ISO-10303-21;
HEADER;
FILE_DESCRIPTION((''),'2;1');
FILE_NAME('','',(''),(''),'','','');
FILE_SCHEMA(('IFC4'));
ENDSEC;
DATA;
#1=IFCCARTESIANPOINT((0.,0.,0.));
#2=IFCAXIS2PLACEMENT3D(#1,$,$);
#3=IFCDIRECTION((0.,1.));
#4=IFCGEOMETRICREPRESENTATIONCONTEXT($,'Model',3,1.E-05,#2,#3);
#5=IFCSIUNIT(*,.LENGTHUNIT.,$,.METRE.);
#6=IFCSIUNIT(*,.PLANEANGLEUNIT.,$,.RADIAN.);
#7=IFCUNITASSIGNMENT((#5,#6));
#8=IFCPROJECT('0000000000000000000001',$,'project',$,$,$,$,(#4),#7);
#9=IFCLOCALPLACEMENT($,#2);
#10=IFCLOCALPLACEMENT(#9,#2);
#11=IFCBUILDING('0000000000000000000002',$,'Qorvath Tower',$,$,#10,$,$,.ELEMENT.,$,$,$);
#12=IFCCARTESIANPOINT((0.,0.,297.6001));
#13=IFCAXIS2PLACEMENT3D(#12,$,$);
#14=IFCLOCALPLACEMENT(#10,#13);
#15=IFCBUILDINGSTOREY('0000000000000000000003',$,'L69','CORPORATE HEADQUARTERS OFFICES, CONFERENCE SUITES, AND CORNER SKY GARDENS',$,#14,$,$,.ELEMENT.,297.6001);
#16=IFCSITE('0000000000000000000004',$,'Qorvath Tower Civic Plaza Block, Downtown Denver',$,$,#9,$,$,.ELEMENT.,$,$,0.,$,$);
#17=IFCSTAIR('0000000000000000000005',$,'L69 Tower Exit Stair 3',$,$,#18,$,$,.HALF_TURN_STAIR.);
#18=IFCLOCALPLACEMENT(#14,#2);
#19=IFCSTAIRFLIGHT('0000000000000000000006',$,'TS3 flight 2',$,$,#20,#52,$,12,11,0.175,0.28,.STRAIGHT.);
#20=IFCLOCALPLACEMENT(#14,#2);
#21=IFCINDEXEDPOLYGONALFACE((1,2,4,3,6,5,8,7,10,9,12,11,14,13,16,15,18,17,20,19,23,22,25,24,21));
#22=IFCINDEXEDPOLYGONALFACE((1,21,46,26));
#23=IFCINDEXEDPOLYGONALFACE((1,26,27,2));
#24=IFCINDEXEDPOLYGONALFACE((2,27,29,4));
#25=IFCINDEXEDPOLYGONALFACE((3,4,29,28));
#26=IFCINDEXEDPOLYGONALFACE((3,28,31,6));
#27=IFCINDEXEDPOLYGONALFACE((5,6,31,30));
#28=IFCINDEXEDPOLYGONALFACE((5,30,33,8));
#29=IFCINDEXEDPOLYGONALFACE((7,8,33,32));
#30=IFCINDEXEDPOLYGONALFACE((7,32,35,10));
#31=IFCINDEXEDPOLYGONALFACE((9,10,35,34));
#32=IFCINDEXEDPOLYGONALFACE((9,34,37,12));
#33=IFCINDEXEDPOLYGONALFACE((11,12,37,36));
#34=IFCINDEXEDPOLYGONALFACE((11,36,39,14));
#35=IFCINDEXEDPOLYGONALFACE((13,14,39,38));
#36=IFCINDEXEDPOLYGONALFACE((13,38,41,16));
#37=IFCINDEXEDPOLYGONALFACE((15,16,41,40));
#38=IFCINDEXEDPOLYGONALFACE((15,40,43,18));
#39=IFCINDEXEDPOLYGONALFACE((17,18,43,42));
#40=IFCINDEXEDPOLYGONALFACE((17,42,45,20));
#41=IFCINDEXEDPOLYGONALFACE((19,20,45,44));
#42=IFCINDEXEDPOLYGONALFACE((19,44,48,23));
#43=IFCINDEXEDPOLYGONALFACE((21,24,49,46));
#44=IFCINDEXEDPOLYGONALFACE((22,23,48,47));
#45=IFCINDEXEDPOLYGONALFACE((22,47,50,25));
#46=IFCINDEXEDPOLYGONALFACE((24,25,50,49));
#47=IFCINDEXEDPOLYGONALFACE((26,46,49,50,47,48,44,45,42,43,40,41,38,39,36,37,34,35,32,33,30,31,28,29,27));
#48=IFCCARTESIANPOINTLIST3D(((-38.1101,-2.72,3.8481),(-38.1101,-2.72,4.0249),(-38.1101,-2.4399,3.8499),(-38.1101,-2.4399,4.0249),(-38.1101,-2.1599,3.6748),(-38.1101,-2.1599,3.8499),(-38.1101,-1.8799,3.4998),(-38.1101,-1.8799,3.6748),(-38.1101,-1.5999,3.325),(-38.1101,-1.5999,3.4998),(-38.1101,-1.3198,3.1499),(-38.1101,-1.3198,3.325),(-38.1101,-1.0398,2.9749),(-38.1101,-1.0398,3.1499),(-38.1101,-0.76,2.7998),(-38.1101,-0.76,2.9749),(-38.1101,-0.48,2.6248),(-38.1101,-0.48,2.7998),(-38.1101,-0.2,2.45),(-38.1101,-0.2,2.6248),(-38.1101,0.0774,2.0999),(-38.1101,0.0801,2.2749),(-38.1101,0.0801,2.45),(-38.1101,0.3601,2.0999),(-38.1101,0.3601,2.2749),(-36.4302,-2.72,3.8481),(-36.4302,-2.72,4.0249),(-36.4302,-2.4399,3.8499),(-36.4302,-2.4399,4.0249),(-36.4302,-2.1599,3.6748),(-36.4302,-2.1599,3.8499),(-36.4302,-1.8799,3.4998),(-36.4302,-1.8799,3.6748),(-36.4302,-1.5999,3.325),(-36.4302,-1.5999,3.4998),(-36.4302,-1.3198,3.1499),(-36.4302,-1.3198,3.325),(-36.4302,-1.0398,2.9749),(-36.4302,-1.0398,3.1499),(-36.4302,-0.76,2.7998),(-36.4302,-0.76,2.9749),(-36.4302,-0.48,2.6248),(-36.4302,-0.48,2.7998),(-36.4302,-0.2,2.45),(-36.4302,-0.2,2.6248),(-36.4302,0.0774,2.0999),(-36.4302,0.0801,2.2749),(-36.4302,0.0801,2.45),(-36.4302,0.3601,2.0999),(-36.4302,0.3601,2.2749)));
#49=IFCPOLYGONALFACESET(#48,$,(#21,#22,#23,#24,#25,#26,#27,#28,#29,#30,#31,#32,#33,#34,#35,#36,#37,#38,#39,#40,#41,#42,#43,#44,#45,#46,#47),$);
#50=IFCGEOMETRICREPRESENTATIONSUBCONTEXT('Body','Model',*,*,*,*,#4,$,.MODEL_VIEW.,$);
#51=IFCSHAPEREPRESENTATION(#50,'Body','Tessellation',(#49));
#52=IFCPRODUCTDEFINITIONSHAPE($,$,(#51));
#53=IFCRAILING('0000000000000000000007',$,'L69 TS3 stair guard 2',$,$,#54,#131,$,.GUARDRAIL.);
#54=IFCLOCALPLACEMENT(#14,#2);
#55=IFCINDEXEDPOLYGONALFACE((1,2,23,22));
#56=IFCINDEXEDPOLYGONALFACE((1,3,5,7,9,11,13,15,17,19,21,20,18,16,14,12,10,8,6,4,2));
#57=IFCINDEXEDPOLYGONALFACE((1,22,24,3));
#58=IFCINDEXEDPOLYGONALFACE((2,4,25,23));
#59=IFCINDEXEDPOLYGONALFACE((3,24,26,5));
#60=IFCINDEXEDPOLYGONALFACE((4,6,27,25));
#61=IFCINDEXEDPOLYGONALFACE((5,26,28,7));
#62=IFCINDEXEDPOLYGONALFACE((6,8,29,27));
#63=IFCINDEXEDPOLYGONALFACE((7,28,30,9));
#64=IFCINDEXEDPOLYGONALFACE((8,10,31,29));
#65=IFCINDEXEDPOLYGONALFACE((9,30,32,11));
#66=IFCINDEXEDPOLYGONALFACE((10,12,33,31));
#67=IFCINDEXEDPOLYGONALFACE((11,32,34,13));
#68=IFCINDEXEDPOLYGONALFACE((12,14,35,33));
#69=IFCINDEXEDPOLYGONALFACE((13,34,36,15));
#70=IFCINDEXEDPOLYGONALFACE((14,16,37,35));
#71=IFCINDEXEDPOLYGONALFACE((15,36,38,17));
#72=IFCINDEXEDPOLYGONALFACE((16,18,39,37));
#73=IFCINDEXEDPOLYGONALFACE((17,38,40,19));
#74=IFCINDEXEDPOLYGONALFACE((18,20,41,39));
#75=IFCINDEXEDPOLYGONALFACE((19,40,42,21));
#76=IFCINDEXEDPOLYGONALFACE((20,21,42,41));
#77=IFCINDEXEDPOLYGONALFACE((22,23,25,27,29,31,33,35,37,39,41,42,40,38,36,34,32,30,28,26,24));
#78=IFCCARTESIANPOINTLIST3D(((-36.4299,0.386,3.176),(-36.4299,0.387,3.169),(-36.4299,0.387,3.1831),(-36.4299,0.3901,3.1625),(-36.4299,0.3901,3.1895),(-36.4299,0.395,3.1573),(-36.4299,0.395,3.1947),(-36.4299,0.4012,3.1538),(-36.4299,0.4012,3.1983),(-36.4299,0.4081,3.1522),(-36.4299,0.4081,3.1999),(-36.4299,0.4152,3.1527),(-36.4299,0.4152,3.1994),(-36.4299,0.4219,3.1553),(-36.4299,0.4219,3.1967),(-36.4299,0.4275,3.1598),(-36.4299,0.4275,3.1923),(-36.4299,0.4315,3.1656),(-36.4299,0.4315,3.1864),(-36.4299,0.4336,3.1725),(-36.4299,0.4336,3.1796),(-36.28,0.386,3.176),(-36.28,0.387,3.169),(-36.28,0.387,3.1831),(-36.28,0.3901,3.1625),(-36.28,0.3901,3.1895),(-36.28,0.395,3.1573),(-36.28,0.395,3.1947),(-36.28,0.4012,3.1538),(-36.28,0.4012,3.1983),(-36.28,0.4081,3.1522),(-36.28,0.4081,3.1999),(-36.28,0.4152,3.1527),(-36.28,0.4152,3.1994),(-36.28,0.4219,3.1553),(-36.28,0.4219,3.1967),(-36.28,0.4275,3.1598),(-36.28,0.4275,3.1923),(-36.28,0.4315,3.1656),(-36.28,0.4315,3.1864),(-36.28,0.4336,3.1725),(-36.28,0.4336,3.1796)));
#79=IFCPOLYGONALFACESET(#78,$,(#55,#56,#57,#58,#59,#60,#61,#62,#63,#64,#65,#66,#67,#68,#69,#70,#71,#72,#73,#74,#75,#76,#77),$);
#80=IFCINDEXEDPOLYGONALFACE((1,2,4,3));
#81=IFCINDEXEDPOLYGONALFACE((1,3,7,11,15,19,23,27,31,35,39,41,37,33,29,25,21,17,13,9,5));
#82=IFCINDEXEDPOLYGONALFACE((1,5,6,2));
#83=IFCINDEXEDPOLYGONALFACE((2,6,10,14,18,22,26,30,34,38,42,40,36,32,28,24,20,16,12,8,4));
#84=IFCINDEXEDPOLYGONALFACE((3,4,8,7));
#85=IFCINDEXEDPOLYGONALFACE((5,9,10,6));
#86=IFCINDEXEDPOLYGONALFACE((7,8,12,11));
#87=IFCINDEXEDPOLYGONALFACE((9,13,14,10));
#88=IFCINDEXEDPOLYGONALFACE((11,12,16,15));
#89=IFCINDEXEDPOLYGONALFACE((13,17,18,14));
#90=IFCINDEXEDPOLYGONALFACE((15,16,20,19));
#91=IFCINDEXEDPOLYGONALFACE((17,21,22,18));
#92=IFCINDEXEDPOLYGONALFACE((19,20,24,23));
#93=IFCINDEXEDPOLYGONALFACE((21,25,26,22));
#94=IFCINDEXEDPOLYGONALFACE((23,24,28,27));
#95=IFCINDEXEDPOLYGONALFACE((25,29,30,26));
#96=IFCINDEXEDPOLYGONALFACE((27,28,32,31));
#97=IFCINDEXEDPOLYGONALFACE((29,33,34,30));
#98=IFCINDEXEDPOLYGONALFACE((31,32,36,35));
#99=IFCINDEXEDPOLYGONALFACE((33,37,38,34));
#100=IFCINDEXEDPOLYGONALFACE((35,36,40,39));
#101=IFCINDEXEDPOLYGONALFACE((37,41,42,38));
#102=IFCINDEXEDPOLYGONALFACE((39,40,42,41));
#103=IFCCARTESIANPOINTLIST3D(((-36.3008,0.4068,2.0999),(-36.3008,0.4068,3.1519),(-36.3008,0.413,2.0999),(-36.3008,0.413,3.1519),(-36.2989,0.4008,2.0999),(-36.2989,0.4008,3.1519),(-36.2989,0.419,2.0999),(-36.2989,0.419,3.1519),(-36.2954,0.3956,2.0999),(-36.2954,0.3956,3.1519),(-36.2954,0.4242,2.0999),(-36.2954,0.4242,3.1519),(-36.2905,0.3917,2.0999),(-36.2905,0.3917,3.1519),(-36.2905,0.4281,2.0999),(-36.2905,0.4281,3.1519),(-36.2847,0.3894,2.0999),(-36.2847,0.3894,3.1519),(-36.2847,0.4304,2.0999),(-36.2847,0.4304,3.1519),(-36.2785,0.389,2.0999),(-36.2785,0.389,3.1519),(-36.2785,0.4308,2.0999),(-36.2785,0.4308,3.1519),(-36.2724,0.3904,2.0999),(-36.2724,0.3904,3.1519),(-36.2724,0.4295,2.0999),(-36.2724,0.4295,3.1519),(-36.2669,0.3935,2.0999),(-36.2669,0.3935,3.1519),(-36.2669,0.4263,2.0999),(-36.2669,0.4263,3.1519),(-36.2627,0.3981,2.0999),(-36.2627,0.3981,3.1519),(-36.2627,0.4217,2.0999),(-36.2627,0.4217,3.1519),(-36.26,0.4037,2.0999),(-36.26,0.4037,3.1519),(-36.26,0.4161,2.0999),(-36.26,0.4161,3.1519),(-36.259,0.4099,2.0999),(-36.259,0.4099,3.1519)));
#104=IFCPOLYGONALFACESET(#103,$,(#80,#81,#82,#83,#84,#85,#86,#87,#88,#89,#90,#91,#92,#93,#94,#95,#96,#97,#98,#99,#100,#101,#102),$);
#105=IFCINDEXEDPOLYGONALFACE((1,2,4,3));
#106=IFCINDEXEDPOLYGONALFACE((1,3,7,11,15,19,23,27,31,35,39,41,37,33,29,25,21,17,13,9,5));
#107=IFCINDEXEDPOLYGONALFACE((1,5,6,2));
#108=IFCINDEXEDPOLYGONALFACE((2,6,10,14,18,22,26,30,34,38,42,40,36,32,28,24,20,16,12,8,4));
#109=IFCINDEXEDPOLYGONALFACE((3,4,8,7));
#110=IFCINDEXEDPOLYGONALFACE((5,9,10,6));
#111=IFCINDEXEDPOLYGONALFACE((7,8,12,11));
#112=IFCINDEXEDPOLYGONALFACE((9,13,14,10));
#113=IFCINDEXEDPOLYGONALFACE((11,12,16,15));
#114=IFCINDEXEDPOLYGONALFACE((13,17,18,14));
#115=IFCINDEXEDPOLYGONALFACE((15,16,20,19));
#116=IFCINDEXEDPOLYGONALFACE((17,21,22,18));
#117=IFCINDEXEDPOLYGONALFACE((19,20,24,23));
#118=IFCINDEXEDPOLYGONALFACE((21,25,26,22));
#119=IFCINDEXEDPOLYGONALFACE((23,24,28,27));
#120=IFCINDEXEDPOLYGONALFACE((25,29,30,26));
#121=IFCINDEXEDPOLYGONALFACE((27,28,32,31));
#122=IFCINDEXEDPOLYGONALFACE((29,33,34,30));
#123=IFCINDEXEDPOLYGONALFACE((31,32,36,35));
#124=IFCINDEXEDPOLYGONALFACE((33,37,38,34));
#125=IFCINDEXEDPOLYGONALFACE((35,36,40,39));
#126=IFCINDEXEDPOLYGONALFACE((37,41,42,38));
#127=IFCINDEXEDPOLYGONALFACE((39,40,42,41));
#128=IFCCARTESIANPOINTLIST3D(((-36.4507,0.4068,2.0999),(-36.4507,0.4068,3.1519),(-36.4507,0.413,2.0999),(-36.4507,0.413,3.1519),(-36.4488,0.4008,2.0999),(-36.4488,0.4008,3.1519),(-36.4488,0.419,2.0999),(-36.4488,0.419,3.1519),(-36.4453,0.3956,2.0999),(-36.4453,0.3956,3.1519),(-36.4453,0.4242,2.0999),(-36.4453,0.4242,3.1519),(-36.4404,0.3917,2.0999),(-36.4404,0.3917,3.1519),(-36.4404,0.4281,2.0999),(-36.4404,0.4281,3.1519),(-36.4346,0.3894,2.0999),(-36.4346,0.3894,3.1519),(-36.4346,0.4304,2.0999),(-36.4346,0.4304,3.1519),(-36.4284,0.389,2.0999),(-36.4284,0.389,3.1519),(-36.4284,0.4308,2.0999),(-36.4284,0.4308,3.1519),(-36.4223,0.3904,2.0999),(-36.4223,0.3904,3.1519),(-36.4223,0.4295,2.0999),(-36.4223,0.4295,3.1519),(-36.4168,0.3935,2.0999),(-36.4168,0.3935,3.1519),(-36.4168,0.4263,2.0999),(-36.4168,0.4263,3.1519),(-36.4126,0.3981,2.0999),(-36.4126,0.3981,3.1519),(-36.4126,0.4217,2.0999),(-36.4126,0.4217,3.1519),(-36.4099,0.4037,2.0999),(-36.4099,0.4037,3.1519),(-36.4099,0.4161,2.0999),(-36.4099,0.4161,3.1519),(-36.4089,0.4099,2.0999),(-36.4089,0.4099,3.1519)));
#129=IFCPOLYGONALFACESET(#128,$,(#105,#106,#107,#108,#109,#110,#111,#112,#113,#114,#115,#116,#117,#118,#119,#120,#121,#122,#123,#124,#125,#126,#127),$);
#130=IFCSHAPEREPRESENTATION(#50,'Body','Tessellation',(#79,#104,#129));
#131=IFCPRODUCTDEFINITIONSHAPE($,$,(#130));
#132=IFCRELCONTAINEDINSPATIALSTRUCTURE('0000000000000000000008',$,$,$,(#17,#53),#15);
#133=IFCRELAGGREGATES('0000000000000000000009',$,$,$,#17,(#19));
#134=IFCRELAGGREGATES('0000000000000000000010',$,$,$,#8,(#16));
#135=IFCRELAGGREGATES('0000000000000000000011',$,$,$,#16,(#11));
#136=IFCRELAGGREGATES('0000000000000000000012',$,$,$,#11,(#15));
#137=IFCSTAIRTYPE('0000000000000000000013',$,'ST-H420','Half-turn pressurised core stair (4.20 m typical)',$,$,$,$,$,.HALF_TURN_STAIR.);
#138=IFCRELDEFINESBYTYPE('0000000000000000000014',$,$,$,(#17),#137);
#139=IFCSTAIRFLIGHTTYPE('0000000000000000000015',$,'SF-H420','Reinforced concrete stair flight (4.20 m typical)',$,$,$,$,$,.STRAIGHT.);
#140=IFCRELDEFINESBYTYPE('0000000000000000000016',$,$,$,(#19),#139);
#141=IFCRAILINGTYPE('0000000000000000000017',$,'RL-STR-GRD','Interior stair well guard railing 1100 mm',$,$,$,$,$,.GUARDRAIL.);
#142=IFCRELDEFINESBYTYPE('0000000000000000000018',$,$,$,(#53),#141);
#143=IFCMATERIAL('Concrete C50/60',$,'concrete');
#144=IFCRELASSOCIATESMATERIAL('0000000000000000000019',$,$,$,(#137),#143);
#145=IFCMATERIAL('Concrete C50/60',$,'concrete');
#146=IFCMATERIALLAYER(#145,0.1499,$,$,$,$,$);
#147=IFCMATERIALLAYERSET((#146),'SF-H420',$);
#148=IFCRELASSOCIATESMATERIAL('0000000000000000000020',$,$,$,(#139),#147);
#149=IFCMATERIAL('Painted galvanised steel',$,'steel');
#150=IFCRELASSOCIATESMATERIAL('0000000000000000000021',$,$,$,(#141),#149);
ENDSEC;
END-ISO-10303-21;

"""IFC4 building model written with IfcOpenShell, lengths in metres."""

from ifc_helpers import new_model, si_unit, direction, frame, origin, origin_2d, place, context, subcontext, project, spatial, polyline, circle, outline, extrude, material, layer, layer_set, type_object, element, aggregate, save


model = new_model("IFC4")

# Units and contexts
model_context = context("Model", 3, precision=1e-05, world=origin(), true_north=direction((0.0, 1.0)))
body_context = subcontext(model_context, "Body", "Model", "MODEL_VIEW")
ifc_project = project(units=[si_unit("LENGTHUNIT", "METRE"), si_unit("PLANEANGLEUNIT", "RADIAN")], contexts=[model_context])

# Site, building, storey
site_placement = place(None, origin())
site = spatial("IfcSite", under=ifc_project, at=site_placement, Name="Qorvath Tower Civic Plaza Block, Downtown Denver", CompositionType="ELEMENT", RefElevation=0.0)
building_placement = place(site_placement, origin())
building = spatial("IfcBuilding", under=site, at=building_placement, Name="Qorvath Tower", CompositionType="ELEMENT")
storey_placement = place(building_placement, frame((0.0, 0.0, 297.6001)))
storey = spatial("IfcBuildingStorey", under=building, at=storey_placement, Name="L69", Description="CORPORATE HEADQUARTERS OFFICES, CONFERENCE SUITES, AND CORNER SKY GARDENS", CompositionType="ELEMENT", Elevation=297.6001)

# Stair, stair flight
ifc_material_1 = material(Name="Concrete C50/60", Category="concrete")
stair_type = type_object("IfcStairType", Name="ST-H420", Description="Half-turn pressurised core stair (4.20 m typical)", PredefinedType="HALF_TURN_STAIR", material=ifc_material_1)
stair_placement = place(storey_placement, origin())
stair = element("IfcStair", 1, at=stair_placement, inside=storey, type_object=stair_type, Name="L69 Tower Exit Stair 3", PredefinedType="HALF_TURN_STAIR")
ifc_material_2 = material(Name="Concrete C50/60", Category="concrete")
ifc_layer_1 = layer(ifc_material_2, 0.1499)
ifc_layer_set_1 = layer_set([ifc_layer_1], Name="SF-H420")
stair_flight_type = type_object("IfcStairFlightType", Name="SF-H420", Description="Reinforced concrete stair flight (4.20 m typical)", PredefinedType="STRAIGHT", material=ifc_layer_set_1)
stair_flight_placement = place(storey_placement, frame((-37.27, 0.3601, 2.0999), z_axis=(0.0, 0.0, 1.0), x_axis=(0.0, -1.0, 0.0)))
stair_flight = element("IfcStairFlight", 2, at=stair_flight_placement, type_object=stair_flight_type, Name="TS3 flight 2", NumberOfRisers=12, NumberOfTreads=11, PredefinedType="STRAIGHT", RiserHeight=0.175, TreadLength=0.28, context=body_context, shape_type="SweptSolid", body=[
    extrude(outline(polyline([(0.0, 0.0), (0.0, 0.175), (0.28, 0.175), (0.28, 0.3501), (0.5601, 0.3501), (0.5601, 0.5249), (0.8401, 0.5249), (0.8401, 0.7), (1.1201, 0.7), (1.1201, 0.875), (1.3999, 0.875), (1.3999, 1.05), (1.6799, 1.05), (1.6799, 1.2251), (1.96, 1.2251), (1.96, 1.3999), (2.24, 1.3999), (2.24, 1.575), (2.52, 1.575), (2.52, 1.75), (2.8, 1.75), (2.8, 1.925), (3.0801, 1.925), (3.0801, 2.1001), (3.0801, 1.7483), (0.2827, 0.0), (0.0, 0.0)])), frame((0.0, 0.8398, 0.0), z_axis=(0.0, -1.0, 0.0), x_axis=(1.0, 0.0, 0.0)), (0.0, 0.0, 1.0), 1.6799),
])
aggregate(stair, [stair_flight])

# Railing
ifc_material_3 = material(Name="Painted galvanised steel", Category="steel")
railing_type_1 = type_object("IfcRailingType", Name="RL-STR-GRD", Description="Interior stair well guard railing 1100 mm", PredefinedType="GUARDRAIL", material=ifc_material_3)
railing_1_placement = place(storey_placement, frame((-36.28, 0.4099, 2.0999)))
element("IfcRailing", 3, at=railing_1_placement, inside=storey, type_object=railing_type_1, Name="L69 TS3 stair guard 2", PredefinedType="GUARDRAIL", context=body_context, shape_type="SweptSolid", body=[
    extrude(circle(Radius=0.0239, at=origin_2d()), frame((0.0, 0.0, 1.0762), z_axis=(-1.0, 0.0, 0.0), x_axis=(0.0, -1.0, 0.0)), (0.0, 0.0, 1.0), 0.1499),
    extrude(circle(Radius=0.021, at=origin_2d()), origin(), (0.0, 0.0, 1.0), 1.052),
    extrude(circle(Radius=0.021, at=origin_2d()), frame((-0.1499, 0.0, 0.0)), (0.0, 0.0, 1.0), 1.052),
])

save(model, "model.ifc")
